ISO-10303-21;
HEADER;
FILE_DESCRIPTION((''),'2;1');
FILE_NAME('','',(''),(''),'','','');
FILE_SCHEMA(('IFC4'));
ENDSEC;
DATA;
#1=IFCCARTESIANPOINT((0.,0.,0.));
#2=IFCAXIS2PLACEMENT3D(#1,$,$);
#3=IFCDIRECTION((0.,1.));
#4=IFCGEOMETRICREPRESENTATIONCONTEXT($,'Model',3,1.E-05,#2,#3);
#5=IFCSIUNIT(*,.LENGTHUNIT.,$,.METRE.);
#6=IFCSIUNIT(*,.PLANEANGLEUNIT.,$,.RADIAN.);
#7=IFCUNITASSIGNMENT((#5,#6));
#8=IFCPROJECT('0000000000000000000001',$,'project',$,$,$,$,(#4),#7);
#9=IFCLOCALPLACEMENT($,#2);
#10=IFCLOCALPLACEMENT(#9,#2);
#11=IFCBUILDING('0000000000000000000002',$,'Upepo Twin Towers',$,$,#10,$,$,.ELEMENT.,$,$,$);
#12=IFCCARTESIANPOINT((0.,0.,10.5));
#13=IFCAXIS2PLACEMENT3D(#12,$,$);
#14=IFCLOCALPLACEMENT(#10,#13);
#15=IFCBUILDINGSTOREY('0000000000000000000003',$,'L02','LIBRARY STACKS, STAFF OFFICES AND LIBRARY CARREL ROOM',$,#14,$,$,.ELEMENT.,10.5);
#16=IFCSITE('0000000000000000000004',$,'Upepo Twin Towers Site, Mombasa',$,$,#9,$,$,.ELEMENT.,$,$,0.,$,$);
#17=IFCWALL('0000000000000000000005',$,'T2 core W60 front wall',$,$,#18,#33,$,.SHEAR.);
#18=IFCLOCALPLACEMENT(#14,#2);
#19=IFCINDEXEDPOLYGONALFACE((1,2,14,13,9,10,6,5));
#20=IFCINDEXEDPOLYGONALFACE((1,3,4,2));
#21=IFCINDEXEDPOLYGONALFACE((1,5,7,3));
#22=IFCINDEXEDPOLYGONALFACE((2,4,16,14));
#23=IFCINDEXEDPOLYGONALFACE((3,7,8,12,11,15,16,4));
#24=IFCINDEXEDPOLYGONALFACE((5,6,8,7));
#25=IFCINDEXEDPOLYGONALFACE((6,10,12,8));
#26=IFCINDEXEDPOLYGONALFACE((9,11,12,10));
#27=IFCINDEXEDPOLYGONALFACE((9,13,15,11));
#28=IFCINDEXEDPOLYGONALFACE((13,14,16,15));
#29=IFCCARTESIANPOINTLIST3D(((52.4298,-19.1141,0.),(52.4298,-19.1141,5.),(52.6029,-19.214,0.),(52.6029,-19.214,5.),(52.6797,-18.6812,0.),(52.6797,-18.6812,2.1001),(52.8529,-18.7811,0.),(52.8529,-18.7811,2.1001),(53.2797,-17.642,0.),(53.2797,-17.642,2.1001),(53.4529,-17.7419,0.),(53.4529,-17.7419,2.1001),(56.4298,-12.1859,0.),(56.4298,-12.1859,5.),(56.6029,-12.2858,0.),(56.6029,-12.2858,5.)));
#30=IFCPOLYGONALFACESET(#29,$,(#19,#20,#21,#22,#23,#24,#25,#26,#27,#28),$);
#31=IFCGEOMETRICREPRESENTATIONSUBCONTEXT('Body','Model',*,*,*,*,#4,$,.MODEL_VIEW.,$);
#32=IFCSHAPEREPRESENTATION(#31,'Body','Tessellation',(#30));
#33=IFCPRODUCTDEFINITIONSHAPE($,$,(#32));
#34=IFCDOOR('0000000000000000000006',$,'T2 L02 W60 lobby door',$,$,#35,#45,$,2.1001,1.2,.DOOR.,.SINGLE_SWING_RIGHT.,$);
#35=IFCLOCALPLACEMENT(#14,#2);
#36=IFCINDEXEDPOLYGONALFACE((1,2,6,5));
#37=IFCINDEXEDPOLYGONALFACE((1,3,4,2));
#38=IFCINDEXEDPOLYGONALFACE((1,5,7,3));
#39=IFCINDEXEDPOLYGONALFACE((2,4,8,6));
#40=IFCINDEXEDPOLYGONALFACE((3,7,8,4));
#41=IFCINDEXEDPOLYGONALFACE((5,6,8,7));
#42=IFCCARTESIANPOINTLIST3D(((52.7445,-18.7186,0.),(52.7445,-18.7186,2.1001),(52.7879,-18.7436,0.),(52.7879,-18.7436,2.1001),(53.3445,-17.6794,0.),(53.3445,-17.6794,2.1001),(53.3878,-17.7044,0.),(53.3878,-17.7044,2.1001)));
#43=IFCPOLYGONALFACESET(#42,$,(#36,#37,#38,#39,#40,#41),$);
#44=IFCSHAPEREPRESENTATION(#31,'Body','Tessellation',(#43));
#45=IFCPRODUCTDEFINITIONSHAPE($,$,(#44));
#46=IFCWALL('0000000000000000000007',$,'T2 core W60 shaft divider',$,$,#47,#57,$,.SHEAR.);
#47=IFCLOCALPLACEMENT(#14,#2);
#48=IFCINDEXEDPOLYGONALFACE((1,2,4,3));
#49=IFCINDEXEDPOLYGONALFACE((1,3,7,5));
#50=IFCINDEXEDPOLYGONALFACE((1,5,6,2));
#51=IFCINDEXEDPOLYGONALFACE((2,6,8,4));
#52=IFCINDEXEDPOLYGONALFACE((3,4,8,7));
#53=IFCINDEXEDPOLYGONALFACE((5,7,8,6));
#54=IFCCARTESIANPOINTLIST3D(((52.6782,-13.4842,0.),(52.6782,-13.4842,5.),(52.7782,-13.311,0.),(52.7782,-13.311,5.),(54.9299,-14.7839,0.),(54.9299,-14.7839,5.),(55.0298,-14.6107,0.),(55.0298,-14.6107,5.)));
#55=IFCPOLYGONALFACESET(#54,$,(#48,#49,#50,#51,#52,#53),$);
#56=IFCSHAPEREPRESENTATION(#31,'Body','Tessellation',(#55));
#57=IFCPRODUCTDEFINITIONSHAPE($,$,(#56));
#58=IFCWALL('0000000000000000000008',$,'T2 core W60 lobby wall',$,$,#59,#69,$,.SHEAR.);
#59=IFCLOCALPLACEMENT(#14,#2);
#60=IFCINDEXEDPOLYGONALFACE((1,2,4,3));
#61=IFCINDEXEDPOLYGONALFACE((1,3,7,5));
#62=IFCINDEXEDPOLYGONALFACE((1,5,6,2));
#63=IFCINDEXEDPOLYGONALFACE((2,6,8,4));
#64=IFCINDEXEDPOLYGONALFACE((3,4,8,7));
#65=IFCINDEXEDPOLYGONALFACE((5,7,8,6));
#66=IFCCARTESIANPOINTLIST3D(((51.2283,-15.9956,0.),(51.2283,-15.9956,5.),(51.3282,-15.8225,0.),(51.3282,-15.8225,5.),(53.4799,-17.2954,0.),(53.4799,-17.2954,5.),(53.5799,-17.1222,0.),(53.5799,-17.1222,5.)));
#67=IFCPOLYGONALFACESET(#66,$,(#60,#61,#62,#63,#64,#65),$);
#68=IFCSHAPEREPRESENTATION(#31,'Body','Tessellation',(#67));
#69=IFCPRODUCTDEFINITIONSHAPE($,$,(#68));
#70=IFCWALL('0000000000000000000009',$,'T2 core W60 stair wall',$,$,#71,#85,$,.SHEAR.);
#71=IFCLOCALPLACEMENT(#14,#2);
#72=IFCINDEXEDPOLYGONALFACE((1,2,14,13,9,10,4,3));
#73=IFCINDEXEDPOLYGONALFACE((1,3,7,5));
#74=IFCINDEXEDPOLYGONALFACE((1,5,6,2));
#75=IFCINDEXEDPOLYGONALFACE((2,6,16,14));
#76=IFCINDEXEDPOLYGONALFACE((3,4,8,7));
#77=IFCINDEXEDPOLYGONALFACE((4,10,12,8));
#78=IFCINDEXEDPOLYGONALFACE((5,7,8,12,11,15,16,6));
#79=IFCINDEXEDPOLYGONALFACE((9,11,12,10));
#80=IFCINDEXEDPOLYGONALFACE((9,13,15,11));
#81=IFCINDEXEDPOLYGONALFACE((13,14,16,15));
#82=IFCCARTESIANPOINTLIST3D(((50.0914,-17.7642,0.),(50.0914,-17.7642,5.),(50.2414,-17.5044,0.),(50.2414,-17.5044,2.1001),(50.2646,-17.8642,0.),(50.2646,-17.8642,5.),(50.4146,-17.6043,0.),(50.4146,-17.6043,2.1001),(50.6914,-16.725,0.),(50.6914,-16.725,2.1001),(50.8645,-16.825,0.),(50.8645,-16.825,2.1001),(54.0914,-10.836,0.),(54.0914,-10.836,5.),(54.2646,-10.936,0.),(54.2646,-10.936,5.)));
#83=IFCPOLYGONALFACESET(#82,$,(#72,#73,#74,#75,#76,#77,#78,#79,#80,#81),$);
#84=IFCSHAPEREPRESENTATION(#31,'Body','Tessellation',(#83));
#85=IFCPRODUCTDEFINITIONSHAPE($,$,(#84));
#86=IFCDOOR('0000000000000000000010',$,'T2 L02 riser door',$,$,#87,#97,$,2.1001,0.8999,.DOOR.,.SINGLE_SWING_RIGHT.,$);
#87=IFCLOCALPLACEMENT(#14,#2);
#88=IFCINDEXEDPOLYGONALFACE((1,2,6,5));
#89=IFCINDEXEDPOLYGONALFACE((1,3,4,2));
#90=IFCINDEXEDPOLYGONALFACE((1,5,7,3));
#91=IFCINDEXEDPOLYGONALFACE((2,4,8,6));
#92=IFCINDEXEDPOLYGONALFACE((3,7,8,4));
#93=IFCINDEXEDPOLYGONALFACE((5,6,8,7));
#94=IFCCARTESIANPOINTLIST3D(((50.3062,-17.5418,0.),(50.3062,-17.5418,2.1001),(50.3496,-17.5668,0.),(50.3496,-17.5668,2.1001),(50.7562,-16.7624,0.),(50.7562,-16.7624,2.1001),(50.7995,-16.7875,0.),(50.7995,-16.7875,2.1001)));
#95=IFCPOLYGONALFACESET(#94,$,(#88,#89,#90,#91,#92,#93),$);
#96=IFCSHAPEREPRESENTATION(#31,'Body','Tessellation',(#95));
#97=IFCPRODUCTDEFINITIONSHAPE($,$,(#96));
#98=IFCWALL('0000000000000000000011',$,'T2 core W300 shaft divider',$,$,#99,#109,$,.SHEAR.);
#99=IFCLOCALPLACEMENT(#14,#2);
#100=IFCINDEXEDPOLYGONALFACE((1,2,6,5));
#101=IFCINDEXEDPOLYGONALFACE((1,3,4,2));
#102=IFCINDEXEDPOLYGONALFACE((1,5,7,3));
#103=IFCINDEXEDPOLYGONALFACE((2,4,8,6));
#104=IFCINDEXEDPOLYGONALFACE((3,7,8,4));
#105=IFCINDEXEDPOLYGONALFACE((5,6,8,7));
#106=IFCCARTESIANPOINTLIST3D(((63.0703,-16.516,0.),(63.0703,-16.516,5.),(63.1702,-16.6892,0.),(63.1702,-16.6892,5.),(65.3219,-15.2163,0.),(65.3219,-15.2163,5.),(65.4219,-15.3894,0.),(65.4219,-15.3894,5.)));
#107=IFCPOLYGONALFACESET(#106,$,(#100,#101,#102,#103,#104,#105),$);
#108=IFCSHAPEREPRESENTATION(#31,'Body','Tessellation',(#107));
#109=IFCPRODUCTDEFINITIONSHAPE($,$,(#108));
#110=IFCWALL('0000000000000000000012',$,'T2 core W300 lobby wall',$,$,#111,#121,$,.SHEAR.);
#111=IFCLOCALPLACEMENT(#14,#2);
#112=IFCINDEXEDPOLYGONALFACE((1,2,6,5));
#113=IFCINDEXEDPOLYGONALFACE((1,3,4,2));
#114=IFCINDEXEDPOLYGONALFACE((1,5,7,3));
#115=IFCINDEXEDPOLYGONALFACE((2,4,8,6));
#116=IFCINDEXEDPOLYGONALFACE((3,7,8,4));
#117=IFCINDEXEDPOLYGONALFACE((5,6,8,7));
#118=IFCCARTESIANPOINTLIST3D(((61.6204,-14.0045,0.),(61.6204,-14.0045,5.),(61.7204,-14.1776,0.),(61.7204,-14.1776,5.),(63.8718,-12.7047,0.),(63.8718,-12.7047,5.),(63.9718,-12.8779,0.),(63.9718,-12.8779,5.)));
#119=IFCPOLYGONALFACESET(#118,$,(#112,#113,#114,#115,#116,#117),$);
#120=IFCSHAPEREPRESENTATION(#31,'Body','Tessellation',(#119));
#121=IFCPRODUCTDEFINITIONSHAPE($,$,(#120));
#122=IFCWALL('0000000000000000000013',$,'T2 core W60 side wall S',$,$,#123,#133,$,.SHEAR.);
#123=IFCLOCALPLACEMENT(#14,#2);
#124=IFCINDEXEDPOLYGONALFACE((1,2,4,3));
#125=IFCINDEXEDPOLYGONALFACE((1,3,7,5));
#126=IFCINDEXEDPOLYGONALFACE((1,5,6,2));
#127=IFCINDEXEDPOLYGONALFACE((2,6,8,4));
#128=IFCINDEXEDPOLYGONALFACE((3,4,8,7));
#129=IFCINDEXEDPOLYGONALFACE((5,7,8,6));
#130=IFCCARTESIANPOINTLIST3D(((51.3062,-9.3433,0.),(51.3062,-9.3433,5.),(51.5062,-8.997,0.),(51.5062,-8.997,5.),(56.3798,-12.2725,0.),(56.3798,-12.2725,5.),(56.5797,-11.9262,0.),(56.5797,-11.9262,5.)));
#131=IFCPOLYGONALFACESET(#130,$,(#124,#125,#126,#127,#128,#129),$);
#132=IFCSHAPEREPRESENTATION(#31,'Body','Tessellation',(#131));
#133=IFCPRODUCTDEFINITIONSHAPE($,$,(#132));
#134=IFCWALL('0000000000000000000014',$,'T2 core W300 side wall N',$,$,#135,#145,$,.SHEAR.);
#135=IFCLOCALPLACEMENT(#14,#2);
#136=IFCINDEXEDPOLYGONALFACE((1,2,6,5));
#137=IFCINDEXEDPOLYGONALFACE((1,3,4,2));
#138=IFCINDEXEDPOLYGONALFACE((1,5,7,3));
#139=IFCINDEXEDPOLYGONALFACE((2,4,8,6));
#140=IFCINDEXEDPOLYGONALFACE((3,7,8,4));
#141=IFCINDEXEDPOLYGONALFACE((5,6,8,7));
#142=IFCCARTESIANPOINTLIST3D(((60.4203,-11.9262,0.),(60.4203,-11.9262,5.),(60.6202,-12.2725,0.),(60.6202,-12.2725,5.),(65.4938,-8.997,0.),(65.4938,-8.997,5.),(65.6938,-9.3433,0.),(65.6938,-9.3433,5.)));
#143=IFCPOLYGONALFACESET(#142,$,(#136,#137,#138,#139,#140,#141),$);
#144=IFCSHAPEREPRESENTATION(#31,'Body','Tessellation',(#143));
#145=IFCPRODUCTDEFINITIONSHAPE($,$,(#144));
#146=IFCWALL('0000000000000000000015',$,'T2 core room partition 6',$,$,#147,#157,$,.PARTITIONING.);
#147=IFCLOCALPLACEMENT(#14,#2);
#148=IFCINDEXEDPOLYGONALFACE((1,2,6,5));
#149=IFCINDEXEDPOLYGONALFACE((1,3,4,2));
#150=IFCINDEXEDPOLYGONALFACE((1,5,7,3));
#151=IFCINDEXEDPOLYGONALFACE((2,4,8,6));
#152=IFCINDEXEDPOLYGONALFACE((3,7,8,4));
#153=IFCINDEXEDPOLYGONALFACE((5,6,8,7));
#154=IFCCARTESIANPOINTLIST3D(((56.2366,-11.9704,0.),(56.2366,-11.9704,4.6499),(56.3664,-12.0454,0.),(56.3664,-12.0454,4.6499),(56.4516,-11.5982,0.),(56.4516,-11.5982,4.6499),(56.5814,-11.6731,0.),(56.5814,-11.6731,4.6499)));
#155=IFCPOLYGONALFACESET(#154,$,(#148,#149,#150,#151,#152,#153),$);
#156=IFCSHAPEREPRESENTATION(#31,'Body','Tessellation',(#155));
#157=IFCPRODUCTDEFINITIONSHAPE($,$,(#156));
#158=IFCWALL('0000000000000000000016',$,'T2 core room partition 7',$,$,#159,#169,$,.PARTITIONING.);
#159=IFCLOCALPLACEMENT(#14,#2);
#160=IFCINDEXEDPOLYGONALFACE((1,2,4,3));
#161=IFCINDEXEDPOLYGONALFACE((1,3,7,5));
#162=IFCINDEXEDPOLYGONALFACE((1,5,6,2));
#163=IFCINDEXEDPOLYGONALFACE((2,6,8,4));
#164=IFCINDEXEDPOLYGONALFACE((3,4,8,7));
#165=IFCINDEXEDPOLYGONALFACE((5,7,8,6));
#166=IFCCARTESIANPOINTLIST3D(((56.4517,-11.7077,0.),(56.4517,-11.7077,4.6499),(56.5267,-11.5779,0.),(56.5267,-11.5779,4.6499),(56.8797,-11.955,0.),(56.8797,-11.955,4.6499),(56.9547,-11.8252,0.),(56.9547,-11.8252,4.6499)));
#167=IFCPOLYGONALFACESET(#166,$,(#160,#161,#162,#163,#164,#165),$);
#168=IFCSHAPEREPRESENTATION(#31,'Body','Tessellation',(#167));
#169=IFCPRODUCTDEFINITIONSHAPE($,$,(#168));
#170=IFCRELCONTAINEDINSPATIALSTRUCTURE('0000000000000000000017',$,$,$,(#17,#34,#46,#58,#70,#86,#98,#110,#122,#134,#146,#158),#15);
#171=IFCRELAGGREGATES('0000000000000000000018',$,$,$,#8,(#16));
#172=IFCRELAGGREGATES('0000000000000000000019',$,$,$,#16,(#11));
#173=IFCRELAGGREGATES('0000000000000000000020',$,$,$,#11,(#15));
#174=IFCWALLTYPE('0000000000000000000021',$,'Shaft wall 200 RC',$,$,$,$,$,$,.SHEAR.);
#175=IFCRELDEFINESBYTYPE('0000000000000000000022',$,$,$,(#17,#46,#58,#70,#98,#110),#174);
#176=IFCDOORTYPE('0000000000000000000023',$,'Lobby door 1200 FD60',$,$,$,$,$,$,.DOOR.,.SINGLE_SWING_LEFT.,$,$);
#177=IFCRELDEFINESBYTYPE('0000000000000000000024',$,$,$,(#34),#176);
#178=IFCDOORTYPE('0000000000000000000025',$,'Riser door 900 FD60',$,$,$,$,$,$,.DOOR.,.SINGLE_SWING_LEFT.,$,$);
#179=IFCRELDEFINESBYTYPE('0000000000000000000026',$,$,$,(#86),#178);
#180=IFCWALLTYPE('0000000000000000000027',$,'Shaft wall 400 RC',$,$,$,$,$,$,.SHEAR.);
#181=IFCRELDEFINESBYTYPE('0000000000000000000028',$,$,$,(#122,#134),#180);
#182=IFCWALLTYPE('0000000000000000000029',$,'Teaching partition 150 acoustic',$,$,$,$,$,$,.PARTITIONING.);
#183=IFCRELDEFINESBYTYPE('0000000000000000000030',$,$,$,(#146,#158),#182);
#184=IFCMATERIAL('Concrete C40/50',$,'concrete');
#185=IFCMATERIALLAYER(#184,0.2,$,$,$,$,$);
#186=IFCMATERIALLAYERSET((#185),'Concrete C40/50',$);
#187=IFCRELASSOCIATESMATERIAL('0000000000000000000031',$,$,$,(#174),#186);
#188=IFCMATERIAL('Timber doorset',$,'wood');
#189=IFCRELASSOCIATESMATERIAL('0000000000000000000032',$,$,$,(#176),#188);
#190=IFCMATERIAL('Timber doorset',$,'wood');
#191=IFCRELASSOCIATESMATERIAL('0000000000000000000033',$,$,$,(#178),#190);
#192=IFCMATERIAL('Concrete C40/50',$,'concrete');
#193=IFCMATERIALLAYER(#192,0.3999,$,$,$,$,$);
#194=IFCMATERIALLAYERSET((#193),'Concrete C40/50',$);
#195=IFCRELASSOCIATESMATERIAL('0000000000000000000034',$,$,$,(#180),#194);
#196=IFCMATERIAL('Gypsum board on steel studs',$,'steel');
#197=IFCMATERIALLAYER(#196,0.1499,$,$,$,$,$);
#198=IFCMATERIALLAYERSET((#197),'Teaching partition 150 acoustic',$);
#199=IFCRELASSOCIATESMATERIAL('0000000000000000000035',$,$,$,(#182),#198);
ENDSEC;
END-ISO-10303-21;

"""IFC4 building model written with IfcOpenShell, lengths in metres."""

from ifc_helpers import new_model, si_unit, direction, frame, frame_2d, origin, place, context, subcontext, project, spatial, rectangle, extrude, material, layer, layer_set, type_object, element, fill, save


model = new_model("IFC4")

# Units and contexts
model_context = context("Model", 3, precision=1e-05, world=origin(), true_north=direction((0.0, 1.0)))
body_context = subcontext(model_context, "Body", "Model", "MODEL_VIEW")
ifc_project = project(units=[si_unit("LENGTHUNIT", "METRE"), si_unit("PLANEANGLEUNIT", "RADIAN")], contexts=[model_context])

# Site, building, storey
site_placement = place(None, origin())
site = spatial("IfcSite", under=ifc_project, at=site_placement, Name="Upepo Twin Towers Site, Mombasa", CompositionType="ELEMENT", RefElevation=0.0)
building_placement = place(site_placement, origin())
building = spatial("IfcBuilding", under=site, at=building_placement, Name="Upepo Twin Towers", CompositionType="ELEMENT")
storey_placement = place(building_placement, frame((0.0, 0.0, 10.5)))
storey = spatial("IfcBuildingStorey", under=building, at=storey_placement, Name="L02", Description="LIBRARY STACKS, STAFF OFFICES AND LIBRARY CARREL ROOM", CompositionType="ELEMENT", Elevation=10.5)

# Wall, opening, door
ifc_material_1 = material(Name="Concrete C40/50", Category="concrete")
ifc_layer_1 = layer(ifc_material_1, 0.2)
ifc_layer_set_1 = layer_set([ifc_layer_1], Name="Concrete C40/50")
wall_type_1 = type_object("IfcWallType", Name="Shaft wall 200 RC", PredefinedType="SHEAR", material=ifc_layer_set_1)
wall_1_placement = place(storey_placement, frame((56.5164, -12.2358, 0.0), z_axis=(0.0, 0.0, 1.0), x_axis=(-0.499999, -0.866026, 0.0)))
wall_1 = element("IfcWall", 1, at=wall_1_placement, inside=storey, type_object=wall_type_1, Name="T2 core W60 front wall", PredefinedType="SHEAR", context=body_context, shape_type="SweptSolid", body=[
    extrude(rectangle(XDim=8.0, YDim=0.2, at=frame_2d((4.0, 0.0))), origin(), (0.0, 0.0, 1.0), 5.0),
])
opening_1_placement = place(wall_1_placement, frame((6.3, 0.0, 0.0)))
opening_1 = element("IfcOpeningElement", 2, at=opening_1_placement, cuts=wall_1, PredefinedType="OPENING", context=body_context, shape_type="SweptSolid", body=[
    extrude(rectangle(XDim=1.2, YDim=2.1001, at=frame_2d((0.6001, 1.05))), frame((0.0, 0.1099, 0.0), z_axis=(0.0, -1.0, 0.0), x_axis=(1.0, 0.0, 0.0)), (0.0, 0.0, 1.0), 0.22),
])
ifc_material_2 = material(Name="Timber doorset", Category="wood")
door_type_1 = type_object("IfcDoorType", Name="Lobby door 1200 FD60", OperationType="SINGLE_SWING_LEFT", PredefinedType="DOOR", material=ifc_material_2)
door_1_placement = place(opening_1_placement, origin())
door_1 = element("IfcDoor", 3, at=door_1_placement, inside=storey, type_object=door_type_1, Name="T2 L02 W60 lobby door", OperationType="SINGLE_SWING_RIGHT", OverallHeight=2.1001, OverallWidth=1.2, PredefinedType="DOOR", context=body_context, shape_type="SweptSolid", body=[
    extrude(rectangle(XDim=1.2, YDim=2.1001, at=frame_2d((0.6001, 1.05))), frame((0.0, 0.0249, 0.0), z_axis=(0.0, -1.0, 0.0), x_axis=(1.0, 0.0, 0.0)), (0.0, 0.0, 1.0), 0.05),
])
fill(opening_1, door_1)

# Walls
for number, where, z_axis, x_axis, name in (
    (4, (54.9797, -14.6973, 0.0), (0.0, 0.0, 1.0), (-0.866062, 0.499937, 0.0), "T2 core W60 shaft divider"),
    (5, (53.5298, -17.2087, 0.0), (0.0, 0.0, 1.0), (-0.866062, 0.499937, 0.0), "T2 core W60 lobby wall"),
):
    element("IfcWall", number, at=place(storey_placement, frame(where, z_axis=z_axis, x_axis=x_axis)), inside=storey, type_object=wall_type_1, Name=name, PredefinedType="SHEAR", context=body_context, shape_type="SweptSolid", body=[
        extrude(rectangle(XDim=2.5999, YDim=0.2, at=frame_2d((1.2998, 0.0))), origin(), (0.0, 0.0, 1.0), 5.0),
    ])

# Wall, opening, door
wall_2_placement = place(storey_placement, frame((54.178, -10.886, 0.0), z_axis=(0.0, 0.0, 1.0), x_axis=(-0.499999, -0.866026, 0.0)))
wall_2 = element("IfcWall", 6, at=wall_2_placement, inside=storey, type_object=wall_type_1, Name="T2 core W60 stair wall", PredefinedType="SHEAR", context=body_context, shape_type="SweptSolid", body=[
    extrude(rectangle(XDim=8.0, YDim=0.2, at=frame_2d((4.0, 0.0))), origin(), (0.0, 0.0, 1.0), 5.0),
])
opening_2_placement = place(wall_2_placement, frame((6.8, 0.0, 0.0)))
opening_2 = element("IfcOpeningElement", 7, at=opening_2_placement, cuts=wall_2, PredefinedType="OPENING", context=body_context, shape_type="SweptSolid", body=[
    extrude(rectangle(XDim=0.8999, YDim=2.1001, at=frame_2d((0.45, 1.05))), frame((0.0, 0.1099, 0.0), z_axis=(0.0, -1.0, 0.0), x_axis=(1.0, 0.0, 0.0)), (0.0, 0.0, 1.0), 0.22),
])
ifc_material_3 = material(Name="Timber doorset", Category="wood")
door_type_2 = type_object("IfcDoorType", Name="Riser door 900 FD60", OperationType="SINGLE_SWING_LEFT", PredefinedType="DOOR", material=ifc_material_3)
door_2_placement = place(opening_2_placement, origin())
door_2 = element("IfcDoor", 8, at=door_2_placement, inside=storey, type_object=door_type_2, Name="T2 L02 riser door", OperationType="SINGLE_SWING_RIGHT", OverallHeight=2.1001, OverallWidth=0.8999, PredefinedType="DOOR", context=body_context, shape_type="SweptSolid", body=[
    extrude(rectangle(XDim=0.8999, YDim=2.1001, at=frame_2d((0.45, 1.05))), frame((0.0, 0.0249, 0.0), z_axis=(0.0, -1.0, 0.0), x_axis=(1.0, 0.0, 0.0)), (0.0, 0.0, 1.0), 0.05),
])
fill(opening_2, door_2)

# Walls
wall_3_placement = place(storey_placement, frame((63.1204, -16.6025, 0.0), z_axis=(0.0, 0.0, 1.0), x_axis=(0.866062, 0.499937, 0.0)))
element("IfcWall", 9, at=wall_3_placement, inside=storey, type_object=wall_type_1, Name="T2 core W300 shaft divider", PredefinedType="SHEAR", context=body_context, shape_type="SweptSolid", body=[
    extrude(rectangle(XDim=2.5999, YDim=0.2, at=frame_2d((1.2998, 0.0))), origin(), (0.0, 0.0, 1.0), 5.0),
])
wall_4_placement = place(storey_placement, frame((61.6704, -14.0911, 0.0), z_axis=(0.0, 0.0, 1.0), x_axis=(0.866039, 0.499977, 0.0)))
element("IfcWall", 10, at=wall_4_placement, inside=storey, type_object=wall_type_1, Name="T2 core W300 lobby wall", PredefinedType="SHEAR", context=body_context, shape_type="SweptSolid", body=[
    extrude(rectangle(XDim=2.5996, YDim=0.2, at=frame_2d((1.2998, 0.0))), origin(), (0.0, 0.0, 1.0), 5.0),
])
ifc_material_4 = material(Name="Concrete C40/50", Category="concrete")
ifc_layer_2 = layer(ifc_material_4, 0.3999)
ifc_layer_set_2 = layer_set([ifc_layer_2], Name="Concrete C40/50")
wall_type_2 = type_object("IfcWallType", Name="Shaft wall 400 RC", PredefinedType="SHEAR", material=ifc_layer_set_2)
for number, where, z_axis, x_axis, name in (
    (11, (56.4797, -12.0994, 0.0), (0.0, 0.0, 1.0), (-0.866024, 0.500003, 0.0), "T2 core W60 side wall S"),
    (12, (60.5203, -12.0994, 0.0), (0.0, 0.0, 1.0), (0.866024, 0.500003, 0.0), "T2 core W300 side wall N"),
):
    element("IfcWall", number, at=place(storey_placement, frame(where, z_axis=z_axis, x_axis=x_axis)), inside=storey, type_object=wall_type_2, Name=name, PredefinedType="SHEAR", context=body_context, shape_type="SweptSolid", body=[
        extrude(rectangle(XDim=5.8584, YDim=0.3999, at=frame_2d((2.9292, 0.0))), origin(), (0.0, 0.0, 1.0), 5.0),
    ])
ifc_material_5 = material(Name="Gypsum board on steel studs", Category="steel")
ifc_layer_3 = layer(ifc_material_5, 0.1499)
ifc_layer_set_3 = layer_set([ifc_layer_3], Name="Teaching partition 150 acoustic")
wall_type_3 = type_object("IfcWallType", Name="Teaching partition 150 acoustic", PredefinedType="PARTITIONING", material=ifc_layer_set_3)
wall_5_placement = place(storey_placement, frame((56.3015, -12.0078, 0.0), z_axis=(0.0, 0.0, 1.0), x_axis=(0.50023, 0.865892, 0.0)))
element("IfcWall", 13, at=wall_5_placement, inside=storey, type_object=wall_type_3, Name="T2 core room partition 6", PredefinedType="PARTITIONING", context=body_context, shape_type="SweptSolid", body=[
    extrude(rectangle(XDim=0.4299, YDim=0.1499, at=frame_2d((0.2148, 0.0))), origin(), (0.0, 0.0, 1.0), 4.6499),
])
wall_6_placement = place(storey_placement, frame((56.4893, -11.6428, 0.0), z_axis=(0.0, 0.0, 1.0), x_axis=(0.865832, -0.500335, 0.0)))
element("IfcWall", 14, at=wall_6_placement, inside=storey, type_object=wall_type_3, Name="T2 core room partition 7", PredefinedType="PARTITIONING", context=body_context, shape_type="SweptSolid", body=[
    extrude(rectangle(XDim=0.4944, YDim=0.1499, at=frame_2d((0.2471, 0.0))), origin(), (0.0, 0.0, 1.0), 4.6499),
])

save(model, "model.ifc")
